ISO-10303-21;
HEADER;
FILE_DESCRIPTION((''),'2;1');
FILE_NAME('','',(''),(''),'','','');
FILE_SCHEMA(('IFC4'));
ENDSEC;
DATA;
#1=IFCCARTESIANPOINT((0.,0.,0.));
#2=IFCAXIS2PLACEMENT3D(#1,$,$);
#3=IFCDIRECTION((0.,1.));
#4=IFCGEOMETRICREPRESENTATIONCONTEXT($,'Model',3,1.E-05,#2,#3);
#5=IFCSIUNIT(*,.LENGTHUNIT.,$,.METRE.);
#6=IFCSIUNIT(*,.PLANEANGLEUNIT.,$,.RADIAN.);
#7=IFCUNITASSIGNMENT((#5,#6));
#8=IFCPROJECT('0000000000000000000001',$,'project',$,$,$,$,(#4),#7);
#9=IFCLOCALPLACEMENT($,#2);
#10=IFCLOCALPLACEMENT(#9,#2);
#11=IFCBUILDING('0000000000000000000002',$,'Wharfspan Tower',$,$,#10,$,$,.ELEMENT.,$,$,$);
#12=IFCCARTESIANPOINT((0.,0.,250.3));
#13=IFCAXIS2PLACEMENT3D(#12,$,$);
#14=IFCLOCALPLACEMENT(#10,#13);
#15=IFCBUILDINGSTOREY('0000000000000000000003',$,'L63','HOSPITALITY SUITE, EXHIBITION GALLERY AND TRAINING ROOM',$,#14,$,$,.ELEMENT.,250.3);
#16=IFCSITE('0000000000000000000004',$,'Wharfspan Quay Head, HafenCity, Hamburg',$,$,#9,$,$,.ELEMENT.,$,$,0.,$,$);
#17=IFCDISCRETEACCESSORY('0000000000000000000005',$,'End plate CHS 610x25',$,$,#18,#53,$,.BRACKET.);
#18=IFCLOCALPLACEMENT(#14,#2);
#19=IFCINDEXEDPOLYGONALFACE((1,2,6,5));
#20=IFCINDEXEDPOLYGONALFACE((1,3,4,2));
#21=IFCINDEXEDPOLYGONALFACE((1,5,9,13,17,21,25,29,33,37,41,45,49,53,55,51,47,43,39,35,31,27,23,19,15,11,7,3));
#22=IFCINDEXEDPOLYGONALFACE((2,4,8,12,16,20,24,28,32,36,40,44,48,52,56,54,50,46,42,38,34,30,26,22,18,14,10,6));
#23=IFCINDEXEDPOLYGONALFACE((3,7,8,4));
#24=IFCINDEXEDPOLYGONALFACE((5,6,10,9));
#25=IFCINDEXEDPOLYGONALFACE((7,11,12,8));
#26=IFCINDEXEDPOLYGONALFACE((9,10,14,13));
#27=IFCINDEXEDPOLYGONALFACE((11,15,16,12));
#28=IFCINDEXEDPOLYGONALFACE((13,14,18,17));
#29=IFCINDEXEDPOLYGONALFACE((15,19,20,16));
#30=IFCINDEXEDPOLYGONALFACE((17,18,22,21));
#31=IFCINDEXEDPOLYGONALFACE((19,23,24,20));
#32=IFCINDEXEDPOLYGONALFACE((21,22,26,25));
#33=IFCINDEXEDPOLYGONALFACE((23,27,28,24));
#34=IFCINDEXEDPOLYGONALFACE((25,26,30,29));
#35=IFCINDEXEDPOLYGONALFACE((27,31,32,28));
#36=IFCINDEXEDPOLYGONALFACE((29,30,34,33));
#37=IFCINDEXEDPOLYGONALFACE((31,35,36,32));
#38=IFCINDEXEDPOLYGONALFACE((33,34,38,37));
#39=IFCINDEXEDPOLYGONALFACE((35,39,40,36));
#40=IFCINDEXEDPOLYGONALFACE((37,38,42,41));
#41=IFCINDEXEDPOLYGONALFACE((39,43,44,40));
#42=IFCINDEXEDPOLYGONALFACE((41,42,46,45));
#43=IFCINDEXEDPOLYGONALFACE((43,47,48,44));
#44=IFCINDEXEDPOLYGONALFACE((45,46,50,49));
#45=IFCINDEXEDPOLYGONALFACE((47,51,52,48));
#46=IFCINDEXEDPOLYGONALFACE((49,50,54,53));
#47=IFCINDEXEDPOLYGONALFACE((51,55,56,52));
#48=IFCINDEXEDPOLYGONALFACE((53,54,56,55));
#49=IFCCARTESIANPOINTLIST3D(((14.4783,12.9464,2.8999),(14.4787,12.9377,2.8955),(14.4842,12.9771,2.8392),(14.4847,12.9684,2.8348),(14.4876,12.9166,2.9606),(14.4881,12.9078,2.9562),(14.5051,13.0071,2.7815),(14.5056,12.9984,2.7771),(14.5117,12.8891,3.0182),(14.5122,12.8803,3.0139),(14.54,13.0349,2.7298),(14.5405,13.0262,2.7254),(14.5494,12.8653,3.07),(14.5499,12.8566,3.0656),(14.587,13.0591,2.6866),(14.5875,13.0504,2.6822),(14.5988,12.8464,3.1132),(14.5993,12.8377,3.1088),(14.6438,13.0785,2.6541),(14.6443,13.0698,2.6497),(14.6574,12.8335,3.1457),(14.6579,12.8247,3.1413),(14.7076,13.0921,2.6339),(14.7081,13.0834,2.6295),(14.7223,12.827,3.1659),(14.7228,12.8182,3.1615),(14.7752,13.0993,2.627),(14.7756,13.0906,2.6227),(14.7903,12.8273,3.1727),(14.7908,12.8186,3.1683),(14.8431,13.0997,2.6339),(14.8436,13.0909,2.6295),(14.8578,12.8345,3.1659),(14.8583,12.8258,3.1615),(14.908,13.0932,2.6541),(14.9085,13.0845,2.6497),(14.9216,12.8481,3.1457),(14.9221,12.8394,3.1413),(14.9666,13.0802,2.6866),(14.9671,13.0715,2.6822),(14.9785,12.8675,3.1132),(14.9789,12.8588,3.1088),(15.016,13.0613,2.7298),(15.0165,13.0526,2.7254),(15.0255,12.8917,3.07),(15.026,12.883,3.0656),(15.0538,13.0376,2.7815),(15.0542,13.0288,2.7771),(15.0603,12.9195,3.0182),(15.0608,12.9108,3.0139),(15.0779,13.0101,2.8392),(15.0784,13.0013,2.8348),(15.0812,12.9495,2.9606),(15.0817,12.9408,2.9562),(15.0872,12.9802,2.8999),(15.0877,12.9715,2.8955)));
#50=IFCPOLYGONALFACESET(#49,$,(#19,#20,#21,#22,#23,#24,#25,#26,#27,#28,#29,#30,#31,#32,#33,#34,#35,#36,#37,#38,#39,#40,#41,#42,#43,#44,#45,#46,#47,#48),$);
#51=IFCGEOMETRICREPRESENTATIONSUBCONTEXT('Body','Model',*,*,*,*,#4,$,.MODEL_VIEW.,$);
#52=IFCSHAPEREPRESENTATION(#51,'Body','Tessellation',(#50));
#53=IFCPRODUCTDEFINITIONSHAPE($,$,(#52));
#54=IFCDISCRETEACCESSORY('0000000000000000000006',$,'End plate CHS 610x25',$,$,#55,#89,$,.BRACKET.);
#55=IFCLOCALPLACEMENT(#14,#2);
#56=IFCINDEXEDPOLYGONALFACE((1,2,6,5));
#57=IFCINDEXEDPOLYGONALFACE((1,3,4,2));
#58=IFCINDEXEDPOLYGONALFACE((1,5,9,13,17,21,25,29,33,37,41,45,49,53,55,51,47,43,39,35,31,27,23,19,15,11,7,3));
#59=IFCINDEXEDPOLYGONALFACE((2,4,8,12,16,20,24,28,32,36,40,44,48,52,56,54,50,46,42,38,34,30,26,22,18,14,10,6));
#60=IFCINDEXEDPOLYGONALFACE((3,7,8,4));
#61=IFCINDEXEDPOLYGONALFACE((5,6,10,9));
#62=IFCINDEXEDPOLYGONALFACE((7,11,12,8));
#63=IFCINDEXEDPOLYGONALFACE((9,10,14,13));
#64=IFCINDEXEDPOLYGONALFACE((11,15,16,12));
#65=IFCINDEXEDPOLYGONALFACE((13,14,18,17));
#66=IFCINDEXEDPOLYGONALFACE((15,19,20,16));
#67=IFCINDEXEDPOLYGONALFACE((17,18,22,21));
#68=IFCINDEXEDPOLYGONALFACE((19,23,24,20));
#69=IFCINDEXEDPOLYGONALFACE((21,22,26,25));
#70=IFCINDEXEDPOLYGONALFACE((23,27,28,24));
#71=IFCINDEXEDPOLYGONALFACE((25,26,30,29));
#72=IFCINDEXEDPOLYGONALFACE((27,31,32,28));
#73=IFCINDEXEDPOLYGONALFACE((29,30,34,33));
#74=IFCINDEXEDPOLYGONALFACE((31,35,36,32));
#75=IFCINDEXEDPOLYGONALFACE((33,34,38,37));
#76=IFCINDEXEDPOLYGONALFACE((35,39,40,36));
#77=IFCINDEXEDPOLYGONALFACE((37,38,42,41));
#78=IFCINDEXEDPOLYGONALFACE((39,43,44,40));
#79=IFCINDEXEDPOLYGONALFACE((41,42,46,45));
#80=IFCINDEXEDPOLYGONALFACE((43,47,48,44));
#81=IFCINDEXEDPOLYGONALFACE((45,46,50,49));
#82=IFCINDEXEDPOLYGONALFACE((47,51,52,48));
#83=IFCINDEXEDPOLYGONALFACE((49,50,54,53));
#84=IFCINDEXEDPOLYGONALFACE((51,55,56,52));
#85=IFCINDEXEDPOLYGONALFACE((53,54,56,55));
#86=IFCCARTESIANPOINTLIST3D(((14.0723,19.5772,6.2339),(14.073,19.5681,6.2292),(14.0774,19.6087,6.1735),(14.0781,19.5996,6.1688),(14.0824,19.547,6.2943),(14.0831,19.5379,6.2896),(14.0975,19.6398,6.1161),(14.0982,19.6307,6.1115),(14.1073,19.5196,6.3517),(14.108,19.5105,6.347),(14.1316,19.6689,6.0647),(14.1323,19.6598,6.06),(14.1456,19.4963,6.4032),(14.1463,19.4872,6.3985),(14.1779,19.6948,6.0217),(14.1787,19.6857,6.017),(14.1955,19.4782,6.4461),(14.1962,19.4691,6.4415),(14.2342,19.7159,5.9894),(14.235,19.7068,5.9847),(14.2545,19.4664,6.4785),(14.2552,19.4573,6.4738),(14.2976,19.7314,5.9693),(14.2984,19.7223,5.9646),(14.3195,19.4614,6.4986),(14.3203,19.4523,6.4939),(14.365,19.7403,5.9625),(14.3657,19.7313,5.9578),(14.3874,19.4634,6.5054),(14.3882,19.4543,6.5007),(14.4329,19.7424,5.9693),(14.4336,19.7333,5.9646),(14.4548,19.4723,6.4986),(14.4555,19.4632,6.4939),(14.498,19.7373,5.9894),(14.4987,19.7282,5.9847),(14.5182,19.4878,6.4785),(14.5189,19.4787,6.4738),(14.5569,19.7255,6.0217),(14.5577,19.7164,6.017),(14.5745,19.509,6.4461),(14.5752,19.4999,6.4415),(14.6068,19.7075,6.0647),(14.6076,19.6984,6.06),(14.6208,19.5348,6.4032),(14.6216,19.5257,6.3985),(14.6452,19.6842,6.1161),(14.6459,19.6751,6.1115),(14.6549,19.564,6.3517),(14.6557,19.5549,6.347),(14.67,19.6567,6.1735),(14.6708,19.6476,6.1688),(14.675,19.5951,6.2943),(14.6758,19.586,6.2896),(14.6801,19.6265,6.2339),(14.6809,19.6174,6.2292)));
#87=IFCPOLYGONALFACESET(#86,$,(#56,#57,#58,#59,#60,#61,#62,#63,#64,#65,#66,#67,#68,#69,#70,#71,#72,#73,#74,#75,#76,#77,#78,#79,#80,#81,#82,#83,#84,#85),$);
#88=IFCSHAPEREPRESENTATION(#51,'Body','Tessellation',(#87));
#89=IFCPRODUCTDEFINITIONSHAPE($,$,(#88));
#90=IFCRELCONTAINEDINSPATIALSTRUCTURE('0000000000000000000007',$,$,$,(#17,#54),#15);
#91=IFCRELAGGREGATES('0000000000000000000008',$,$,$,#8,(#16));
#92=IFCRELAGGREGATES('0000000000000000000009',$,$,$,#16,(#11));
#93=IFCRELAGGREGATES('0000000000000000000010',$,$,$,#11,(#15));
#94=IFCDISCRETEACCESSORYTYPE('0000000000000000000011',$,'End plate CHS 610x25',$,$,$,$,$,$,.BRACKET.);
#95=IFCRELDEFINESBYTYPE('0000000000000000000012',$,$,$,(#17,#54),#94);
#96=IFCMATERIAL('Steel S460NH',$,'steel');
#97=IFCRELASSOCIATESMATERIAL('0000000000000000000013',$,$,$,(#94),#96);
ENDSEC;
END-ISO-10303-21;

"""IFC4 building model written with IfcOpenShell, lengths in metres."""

from ifc_helpers import new_model, si_unit, direction, frame, origin, origin_2d, place, context, subcontext, project, spatial, circle, extrude, material, material_profile, profile_set, type_object, element, save


model = new_model("IFC4")

# Units and contexts
model_context = context("Model", 3, precision=1e-05, world=origin(), true_north=direction((0.0, 1.0)))
body_context = subcontext(model_context, "Body", "Model", "MODEL_VIEW")
ifc_project = project(units=[si_unit("LENGTHUNIT", "METRE"), si_unit("PLANEANGLEUNIT", "RADIAN")], contexts=[model_context])

# Site, building, storey
site_placement = place(None, origin())
site = spatial("IfcSite", under=ifc_project, at=site_placement, Name="Wharfspan Quay Head, HafenCity, Hamburg", CompositionType="ELEMENT", RefElevation=0.0)
building_placement = place(site_placement, origin())
building = spatial("IfcBuilding", under=site, at=building_placement, Name="Wharfspan Tower", CompositionType="ELEMENT")
storey_placement = place(building_placement, frame((0.0, 0.0, 250.3)))
storey = spatial("IfcBuildingStorey", under=building, at=storey_placement, Name="L63", Description="HOSPITALITY SUITE, EXHIBITION GALLERY AND TRAINING ROOM", CompositionType="ELEMENT", Elevation=250.3)

# Shared definitions
ifc_material_1 = material(Name="Steel S460NH", Category="steel")

# Discrete accessories
ifc_material_profile_1 = material_profile(ifc_material_1, circle(Radius=0.3049, at=origin_2d()))
ifc_profile_set_1 = profile_set([ifc_material_profile_1], Name="Steel S460NH")
discrete_accessory_type = type_object("IfcDiscreteAccessoryType", Name="End plate CHS 610x25", PredefinedType="BRACKET", material=ifc_profile_set_1)
discrete_accessory_1_placement = place(storey_placement, frame((14.7832, 12.9546, 2.8955), z_axis=(-0.049629, 0.893325, 0.446663), x_axis=(-0.998463, -0.05547, 0.0)))
element("IfcDiscreteAccessory", 1, at=discrete_accessory_1_placement, inside=storey, type_object=discrete_accessory_type, Name="End plate CHS 610x25", PredefinedType="BRACKET", context=body_context, shape_type="SweptSolid", body=[
    extrude(circle(Radius=0.3049, at=origin_2d()), origin(), (0.0, 0.0, 1.0), 0.0098),
])
discrete_accessory_2_placement = place(storey_placement, frame((14.377, 19.5928, 6.2292), z_axis=(-0.07194, 0.887262, 0.455621), x_axis=(-0.996733, -0.080816, 0.0)))
element("IfcDiscreteAccessory", 2, at=discrete_accessory_2_placement, inside=storey, type_object=discrete_accessory_type, Name="End plate CHS 610x25", PredefinedType="BRACKET", context=body_context, shape_type="SweptSolid", body=[
    extrude(circle(Radius=0.3049, at=origin_2d()), origin(), (0.0, 0.0, 1.0), 0.0103),
])

save(model, "model.ifc")
